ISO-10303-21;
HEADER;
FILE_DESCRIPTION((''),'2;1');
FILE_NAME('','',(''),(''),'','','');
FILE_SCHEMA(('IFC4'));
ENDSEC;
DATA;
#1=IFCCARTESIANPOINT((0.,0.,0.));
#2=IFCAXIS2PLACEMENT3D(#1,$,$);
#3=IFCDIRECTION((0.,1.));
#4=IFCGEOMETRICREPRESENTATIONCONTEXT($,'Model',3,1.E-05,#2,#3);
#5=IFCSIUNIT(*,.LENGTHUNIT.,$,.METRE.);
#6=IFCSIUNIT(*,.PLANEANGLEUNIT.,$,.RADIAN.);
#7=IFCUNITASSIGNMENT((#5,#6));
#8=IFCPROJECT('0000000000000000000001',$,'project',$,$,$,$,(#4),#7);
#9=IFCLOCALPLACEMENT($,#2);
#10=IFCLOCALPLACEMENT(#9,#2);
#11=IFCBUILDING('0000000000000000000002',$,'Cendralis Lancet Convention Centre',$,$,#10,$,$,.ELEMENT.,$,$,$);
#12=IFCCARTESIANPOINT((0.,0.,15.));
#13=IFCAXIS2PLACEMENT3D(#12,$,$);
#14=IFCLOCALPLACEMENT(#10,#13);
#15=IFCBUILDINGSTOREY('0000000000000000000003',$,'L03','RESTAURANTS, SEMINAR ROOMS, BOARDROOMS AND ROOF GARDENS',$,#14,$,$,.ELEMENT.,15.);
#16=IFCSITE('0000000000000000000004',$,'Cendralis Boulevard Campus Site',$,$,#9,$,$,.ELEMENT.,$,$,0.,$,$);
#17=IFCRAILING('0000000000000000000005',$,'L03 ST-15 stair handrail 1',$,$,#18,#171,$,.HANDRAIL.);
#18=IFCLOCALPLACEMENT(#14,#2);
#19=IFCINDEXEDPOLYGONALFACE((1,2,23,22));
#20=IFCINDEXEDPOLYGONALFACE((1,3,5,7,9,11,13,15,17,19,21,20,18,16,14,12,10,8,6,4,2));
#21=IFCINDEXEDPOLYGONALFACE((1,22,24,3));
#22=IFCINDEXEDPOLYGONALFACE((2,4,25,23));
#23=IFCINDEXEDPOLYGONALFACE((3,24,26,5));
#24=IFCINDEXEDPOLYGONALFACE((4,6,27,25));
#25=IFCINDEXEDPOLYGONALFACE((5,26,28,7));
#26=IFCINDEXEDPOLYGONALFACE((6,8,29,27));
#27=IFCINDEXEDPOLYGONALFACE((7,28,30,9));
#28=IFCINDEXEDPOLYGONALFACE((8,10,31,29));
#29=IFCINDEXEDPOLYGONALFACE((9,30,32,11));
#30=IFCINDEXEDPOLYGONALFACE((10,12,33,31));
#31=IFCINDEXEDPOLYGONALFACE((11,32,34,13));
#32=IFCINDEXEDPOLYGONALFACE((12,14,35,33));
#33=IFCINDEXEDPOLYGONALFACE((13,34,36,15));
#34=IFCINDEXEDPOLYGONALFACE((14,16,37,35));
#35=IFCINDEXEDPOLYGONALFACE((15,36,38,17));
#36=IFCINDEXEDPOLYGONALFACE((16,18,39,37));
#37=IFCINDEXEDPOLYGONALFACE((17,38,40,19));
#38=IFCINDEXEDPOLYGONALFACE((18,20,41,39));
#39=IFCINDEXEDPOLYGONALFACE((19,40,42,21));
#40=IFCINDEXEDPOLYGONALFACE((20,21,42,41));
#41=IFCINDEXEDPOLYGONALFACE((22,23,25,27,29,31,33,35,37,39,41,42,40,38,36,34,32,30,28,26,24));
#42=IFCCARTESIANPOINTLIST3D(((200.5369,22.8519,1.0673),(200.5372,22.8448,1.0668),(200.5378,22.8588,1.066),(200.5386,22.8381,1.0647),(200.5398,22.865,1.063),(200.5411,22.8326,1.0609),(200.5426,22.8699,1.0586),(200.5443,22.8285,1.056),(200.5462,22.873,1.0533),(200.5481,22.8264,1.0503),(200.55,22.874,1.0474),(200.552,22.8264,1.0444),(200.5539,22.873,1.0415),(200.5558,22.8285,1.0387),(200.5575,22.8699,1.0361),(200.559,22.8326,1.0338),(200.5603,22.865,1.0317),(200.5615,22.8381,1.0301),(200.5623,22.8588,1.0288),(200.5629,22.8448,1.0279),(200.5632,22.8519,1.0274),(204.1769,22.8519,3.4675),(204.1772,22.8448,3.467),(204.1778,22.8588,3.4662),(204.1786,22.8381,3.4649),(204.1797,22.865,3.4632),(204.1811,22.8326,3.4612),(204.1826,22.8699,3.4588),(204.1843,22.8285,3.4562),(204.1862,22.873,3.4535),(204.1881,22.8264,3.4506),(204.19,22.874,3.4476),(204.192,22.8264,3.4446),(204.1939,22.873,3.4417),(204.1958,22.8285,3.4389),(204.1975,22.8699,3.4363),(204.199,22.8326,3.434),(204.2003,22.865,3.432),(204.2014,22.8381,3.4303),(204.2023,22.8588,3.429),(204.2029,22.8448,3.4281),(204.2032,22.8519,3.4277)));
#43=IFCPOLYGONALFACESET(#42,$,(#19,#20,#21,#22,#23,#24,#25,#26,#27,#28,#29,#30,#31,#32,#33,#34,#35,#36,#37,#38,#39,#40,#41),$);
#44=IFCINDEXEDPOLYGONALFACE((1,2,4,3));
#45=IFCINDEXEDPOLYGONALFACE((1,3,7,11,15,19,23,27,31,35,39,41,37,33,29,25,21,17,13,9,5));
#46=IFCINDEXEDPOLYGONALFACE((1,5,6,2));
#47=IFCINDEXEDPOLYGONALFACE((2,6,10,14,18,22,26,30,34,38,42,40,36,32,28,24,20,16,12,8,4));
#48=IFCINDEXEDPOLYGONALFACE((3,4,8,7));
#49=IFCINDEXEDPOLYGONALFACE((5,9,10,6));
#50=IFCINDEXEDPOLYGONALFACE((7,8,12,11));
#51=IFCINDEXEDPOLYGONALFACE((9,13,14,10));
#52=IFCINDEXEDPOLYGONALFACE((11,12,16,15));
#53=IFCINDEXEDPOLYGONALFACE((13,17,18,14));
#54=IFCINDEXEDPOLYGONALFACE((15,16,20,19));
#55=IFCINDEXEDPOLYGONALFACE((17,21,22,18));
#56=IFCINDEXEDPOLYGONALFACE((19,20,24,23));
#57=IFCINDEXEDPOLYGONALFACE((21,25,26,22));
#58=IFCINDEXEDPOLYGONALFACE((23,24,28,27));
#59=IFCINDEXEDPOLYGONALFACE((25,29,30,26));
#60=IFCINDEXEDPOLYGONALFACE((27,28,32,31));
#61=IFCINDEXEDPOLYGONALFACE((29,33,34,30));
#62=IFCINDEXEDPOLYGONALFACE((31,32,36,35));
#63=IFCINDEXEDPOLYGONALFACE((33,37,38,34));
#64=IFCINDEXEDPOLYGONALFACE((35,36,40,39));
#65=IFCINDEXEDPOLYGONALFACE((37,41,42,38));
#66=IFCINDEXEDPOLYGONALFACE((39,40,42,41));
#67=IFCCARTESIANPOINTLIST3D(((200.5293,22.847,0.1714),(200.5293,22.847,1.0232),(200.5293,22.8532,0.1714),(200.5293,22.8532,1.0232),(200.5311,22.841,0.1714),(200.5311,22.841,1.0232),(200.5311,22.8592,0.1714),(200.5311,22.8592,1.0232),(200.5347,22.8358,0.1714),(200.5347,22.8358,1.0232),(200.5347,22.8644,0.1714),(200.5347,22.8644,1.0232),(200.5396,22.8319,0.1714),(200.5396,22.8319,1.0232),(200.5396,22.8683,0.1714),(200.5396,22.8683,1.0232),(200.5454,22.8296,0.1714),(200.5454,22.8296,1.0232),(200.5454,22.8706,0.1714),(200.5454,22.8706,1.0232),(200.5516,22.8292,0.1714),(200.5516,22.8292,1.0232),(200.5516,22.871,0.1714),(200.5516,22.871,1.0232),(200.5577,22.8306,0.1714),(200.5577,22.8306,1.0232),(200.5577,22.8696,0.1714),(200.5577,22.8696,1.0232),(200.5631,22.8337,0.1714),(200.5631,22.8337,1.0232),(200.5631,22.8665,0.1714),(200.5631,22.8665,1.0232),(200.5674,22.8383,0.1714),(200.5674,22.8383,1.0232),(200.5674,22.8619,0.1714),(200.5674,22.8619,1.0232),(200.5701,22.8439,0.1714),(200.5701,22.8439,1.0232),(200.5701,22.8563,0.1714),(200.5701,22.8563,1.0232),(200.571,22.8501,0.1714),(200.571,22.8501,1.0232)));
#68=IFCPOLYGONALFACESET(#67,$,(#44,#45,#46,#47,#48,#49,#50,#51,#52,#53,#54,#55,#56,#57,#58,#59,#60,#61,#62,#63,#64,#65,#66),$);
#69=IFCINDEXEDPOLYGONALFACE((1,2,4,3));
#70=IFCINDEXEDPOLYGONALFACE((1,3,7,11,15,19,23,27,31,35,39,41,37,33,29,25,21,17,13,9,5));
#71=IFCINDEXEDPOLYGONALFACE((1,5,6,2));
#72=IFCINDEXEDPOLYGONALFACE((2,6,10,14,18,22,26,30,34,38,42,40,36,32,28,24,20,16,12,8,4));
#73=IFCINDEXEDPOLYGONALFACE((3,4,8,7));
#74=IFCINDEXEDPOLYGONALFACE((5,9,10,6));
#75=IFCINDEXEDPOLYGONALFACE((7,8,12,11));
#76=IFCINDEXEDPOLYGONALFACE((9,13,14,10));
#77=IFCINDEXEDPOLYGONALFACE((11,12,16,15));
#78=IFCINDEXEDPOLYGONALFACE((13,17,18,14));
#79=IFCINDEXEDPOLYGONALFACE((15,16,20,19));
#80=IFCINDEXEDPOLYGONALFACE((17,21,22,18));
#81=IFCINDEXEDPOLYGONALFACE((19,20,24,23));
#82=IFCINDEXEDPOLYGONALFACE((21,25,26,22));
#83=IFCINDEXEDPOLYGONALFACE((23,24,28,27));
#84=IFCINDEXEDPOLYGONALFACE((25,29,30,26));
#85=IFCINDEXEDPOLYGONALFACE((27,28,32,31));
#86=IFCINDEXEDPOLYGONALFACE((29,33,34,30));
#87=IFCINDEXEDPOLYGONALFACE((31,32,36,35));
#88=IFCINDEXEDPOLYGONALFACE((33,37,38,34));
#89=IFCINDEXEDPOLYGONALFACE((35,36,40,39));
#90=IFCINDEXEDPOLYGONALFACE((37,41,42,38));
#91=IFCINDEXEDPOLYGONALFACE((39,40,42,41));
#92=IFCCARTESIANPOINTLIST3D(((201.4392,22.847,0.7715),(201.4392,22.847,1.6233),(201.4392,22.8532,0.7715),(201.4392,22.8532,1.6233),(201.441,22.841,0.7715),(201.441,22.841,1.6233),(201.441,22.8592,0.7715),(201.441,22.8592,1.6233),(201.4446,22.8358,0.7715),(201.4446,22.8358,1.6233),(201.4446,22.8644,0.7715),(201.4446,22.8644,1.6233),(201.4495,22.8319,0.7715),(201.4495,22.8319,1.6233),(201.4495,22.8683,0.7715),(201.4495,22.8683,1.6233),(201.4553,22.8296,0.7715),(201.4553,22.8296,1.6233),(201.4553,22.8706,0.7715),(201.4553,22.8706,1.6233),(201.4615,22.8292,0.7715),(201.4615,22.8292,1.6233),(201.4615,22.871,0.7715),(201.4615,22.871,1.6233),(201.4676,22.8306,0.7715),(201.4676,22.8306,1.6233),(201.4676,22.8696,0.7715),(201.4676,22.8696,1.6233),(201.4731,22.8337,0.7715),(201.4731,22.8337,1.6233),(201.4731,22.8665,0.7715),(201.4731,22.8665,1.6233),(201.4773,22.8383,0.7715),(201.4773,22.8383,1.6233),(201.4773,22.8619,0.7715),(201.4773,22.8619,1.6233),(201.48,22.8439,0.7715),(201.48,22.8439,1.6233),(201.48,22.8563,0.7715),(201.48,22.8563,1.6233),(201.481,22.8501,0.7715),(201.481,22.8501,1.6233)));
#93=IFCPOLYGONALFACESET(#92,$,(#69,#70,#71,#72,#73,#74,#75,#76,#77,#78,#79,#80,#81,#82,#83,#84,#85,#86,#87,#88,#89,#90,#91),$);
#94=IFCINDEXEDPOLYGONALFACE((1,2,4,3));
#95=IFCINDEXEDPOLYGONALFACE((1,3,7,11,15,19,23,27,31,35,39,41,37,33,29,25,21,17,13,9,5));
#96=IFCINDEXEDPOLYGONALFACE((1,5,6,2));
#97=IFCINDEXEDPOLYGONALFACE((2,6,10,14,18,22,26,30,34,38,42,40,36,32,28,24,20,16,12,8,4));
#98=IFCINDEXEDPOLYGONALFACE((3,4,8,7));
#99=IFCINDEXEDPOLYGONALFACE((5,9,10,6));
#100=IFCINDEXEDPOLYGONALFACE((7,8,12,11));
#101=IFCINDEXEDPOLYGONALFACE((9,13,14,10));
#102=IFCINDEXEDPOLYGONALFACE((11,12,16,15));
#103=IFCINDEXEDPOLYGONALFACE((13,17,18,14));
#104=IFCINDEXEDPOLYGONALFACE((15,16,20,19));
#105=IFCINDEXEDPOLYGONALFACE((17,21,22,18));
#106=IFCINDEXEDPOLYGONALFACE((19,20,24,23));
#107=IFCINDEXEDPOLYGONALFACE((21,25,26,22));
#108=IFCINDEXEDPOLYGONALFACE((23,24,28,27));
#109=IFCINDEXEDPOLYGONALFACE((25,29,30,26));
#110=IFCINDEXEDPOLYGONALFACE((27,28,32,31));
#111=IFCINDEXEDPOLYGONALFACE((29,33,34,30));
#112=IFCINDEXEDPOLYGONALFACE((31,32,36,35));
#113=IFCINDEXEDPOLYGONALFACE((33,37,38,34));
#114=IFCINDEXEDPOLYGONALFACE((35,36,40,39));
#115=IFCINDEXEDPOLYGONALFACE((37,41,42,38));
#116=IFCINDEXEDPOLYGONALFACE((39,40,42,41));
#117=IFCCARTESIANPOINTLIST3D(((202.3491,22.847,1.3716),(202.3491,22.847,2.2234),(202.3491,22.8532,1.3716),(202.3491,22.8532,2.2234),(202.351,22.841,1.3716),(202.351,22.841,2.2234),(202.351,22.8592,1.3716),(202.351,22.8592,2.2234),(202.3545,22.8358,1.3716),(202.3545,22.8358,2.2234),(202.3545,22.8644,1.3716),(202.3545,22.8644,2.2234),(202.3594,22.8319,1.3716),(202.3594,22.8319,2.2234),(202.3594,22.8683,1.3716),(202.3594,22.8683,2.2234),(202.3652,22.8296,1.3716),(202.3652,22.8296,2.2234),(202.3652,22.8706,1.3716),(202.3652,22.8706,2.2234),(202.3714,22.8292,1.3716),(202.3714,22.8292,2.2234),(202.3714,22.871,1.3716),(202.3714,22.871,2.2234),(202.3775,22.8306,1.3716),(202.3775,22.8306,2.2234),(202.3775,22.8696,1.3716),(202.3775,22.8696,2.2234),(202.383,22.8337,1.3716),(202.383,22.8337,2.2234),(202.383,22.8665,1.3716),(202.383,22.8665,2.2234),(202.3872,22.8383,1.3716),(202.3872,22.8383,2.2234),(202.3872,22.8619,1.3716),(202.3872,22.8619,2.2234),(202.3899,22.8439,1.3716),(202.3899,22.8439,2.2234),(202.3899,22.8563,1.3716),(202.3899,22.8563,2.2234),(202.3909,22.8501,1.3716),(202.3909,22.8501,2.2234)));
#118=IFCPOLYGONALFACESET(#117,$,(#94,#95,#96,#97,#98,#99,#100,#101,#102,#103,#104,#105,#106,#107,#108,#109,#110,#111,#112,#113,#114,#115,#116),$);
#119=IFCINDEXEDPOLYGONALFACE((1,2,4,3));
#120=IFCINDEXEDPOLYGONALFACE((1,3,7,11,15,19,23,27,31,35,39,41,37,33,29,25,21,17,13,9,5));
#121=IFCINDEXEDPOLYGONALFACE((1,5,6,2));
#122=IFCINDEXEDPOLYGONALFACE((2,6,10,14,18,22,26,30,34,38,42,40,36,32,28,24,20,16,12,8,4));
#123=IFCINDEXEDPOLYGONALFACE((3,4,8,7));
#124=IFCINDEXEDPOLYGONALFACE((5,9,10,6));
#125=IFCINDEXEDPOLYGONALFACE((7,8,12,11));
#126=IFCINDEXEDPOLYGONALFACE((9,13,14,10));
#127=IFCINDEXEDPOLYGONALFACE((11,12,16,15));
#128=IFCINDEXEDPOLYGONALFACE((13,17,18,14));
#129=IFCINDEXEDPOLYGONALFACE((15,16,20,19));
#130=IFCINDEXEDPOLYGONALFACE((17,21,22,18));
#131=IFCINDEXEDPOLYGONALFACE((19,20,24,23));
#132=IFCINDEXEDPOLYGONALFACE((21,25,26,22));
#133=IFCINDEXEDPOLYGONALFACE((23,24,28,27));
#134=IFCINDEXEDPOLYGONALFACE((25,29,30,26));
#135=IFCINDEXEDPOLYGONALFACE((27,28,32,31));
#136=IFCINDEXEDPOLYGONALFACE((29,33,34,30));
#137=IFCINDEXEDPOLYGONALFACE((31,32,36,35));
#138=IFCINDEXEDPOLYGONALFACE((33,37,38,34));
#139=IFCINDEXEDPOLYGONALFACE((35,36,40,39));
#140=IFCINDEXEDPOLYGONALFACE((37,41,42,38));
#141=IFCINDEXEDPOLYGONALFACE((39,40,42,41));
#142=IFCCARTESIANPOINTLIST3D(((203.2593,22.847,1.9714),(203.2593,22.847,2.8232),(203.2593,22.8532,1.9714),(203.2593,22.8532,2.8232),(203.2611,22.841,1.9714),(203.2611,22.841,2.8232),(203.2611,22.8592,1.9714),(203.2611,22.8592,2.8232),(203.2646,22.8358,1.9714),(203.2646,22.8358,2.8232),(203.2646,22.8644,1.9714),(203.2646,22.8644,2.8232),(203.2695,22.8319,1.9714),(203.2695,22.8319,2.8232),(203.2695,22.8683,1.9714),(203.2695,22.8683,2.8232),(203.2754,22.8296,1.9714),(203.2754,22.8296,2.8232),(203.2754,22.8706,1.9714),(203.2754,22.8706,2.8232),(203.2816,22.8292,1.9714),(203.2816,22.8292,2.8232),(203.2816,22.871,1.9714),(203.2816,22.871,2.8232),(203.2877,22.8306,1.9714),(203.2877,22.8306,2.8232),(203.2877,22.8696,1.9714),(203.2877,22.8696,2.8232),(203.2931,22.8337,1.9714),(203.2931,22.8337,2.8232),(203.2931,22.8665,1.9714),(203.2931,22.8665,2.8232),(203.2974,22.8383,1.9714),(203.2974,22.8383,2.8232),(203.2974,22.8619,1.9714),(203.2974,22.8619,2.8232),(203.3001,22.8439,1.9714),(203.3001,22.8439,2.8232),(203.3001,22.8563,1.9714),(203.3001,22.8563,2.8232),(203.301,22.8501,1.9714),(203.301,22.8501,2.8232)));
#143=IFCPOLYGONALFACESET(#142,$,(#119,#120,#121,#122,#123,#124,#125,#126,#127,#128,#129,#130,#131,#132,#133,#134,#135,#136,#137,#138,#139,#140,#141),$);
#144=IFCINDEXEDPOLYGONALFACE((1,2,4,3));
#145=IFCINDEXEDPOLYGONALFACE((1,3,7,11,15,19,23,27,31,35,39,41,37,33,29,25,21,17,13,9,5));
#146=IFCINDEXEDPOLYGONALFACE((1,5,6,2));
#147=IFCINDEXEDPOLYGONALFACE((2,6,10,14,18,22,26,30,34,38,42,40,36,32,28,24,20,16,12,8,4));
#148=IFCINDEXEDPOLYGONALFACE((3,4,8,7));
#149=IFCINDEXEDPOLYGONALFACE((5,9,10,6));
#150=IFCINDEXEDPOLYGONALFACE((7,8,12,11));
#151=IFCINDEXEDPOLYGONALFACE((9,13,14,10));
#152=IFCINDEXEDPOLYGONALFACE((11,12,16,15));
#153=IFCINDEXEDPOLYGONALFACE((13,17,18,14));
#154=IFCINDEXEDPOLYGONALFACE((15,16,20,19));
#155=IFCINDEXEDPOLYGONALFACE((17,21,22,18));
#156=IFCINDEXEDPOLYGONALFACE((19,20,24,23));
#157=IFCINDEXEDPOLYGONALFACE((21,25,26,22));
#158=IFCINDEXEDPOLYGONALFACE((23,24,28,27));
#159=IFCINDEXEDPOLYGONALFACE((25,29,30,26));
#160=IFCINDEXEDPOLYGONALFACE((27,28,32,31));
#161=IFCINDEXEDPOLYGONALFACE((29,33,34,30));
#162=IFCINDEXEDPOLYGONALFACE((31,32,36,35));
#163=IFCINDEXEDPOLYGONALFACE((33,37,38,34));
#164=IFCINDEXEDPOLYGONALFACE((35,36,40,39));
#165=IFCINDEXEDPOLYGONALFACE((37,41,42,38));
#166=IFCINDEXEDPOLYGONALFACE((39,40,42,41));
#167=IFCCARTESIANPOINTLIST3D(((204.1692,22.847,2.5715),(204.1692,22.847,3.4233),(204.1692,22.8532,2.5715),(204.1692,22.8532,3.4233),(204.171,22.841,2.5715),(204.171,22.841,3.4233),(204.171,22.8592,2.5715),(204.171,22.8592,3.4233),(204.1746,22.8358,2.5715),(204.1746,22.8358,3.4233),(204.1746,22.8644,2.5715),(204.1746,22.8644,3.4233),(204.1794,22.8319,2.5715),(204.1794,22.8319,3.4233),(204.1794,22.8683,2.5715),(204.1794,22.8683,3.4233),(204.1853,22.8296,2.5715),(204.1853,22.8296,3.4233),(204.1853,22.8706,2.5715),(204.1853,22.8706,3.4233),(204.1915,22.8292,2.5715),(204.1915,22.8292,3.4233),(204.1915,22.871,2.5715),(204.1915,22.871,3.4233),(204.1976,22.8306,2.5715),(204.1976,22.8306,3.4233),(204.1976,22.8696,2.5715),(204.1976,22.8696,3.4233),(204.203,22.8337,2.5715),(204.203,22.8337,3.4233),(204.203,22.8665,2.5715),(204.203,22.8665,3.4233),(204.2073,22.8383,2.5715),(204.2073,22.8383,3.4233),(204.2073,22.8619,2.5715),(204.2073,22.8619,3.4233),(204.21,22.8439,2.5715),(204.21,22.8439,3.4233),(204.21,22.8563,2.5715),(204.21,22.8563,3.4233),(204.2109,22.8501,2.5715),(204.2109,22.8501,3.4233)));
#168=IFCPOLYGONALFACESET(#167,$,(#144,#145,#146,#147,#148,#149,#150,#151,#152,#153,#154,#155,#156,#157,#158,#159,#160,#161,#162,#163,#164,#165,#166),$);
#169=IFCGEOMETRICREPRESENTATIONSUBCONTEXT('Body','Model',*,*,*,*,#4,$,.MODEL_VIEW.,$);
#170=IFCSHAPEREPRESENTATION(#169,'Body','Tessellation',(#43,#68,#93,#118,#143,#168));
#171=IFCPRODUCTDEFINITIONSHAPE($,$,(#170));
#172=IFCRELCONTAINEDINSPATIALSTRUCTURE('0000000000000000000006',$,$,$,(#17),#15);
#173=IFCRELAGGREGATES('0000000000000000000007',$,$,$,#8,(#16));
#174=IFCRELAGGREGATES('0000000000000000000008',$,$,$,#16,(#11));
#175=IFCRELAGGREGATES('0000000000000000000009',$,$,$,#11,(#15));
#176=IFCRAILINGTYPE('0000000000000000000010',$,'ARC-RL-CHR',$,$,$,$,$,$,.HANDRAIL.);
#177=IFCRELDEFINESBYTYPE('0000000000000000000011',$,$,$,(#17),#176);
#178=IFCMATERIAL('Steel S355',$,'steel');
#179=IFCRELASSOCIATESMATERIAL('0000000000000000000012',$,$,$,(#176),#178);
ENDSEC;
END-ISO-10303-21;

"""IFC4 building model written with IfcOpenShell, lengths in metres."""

from ifc_helpers import new_model, si_unit, direction, frame, origin, origin_2d, place, context, subcontext, project, spatial, circle, extrude, material, type_object, element, save


model = new_model("IFC4")

# Units and contexts
model_context = context("Model", 3, precision=1e-05, world=origin(), true_north=direction((0.0, 1.0)))
body_context = subcontext(model_context, "Body", "Model", "MODEL_VIEW")
ifc_project = project(units=[si_unit("LENGTHUNIT", "METRE"), si_unit("PLANEANGLEUNIT", "RADIAN")], contexts=[model_context])

# Site, building, storey
site_placement = place(None, origin())
site = spatial("IfcSite", under=ifc_project, at=site_placement, Name="Cendralis Boulevard Campus Site", CompositionType="ELEMENT", RefElevation=0.0)
building_placement = place(site_placement, origin())
building = spatial("IfcBuilding", under=site, at=building_placement, Name="Cendralis Lancet Convention Centre", CompositionType="ELEMENT")
storey_placement = place(building_placement, frame((0.0, 0.0, 15.0)))
storey = spatial("IfcBuildingStorey", under=building, at=storey_placement, Name="L03", Description="RESTAURANTS, SEMINAR ROOMS, BOARDROOMS AND ROOF GARDENS", CompositionType="ELEMENT", Elevation=15.0)

# Shared definitions
ifc_material_1 = material(Name="Steel S355", Category="steel")

# Railing
railing_type_1 = type_object("IfcRailingType", Name="ARC-RL-CHR", PredefinedType="HANDRAIL", material=ifc_material_1)
railing_1_placement = place(storey_placement, frame((200.55, 22.8501, 0.1714)))
element("IfcRailing", 1, at=railing_1_placement, inside=storey, type_object=railing_type_1, Name="L03 ST-15 stair handrail 1", PredefinedType="HANDRAIL", context=body_context, shape_type="SweptSolid", body=[
    extrude(circle(Radius=0.0239, at=origin_2d()), frame((0.0, 0.0, 0.876), z_axis=(0.834839, 0.0, 0.550493), x_axis=(0.0, 1.0, 0.0)), (0.0, 0.0, 1.0), 4.3601),
    extrude(circle(Radius=0.021, at=origin_2d()), origin(), (0.0, 0.0, 1.0), 0.8518),
    extrude(circle(Radius=0.021, at=origin_2d()), frame((0.9099, 0.0, 0.6001)), (0.0, 0.0, 1.0), 0.8518),
    extrude(circle(Radius=0.021, at=origin_2d()), frame((1.8198, 0.0, 1.2002)), (0.0, 0.0, 1.0), 0.8518),
    extrude(circle(Radius=0.021, at=origin_2d()), frame((2.73, 0.0, 1.8)), (0.0, 0.0, 1.0), 0.8518),
    extrude(circle(Radius=0.021, at=origin_2d()), frame((3.6399, 0.0, 2.4001)), (0.0, 0.0, 1.0), 0.8518),
])

save(model, "model.ifc")
